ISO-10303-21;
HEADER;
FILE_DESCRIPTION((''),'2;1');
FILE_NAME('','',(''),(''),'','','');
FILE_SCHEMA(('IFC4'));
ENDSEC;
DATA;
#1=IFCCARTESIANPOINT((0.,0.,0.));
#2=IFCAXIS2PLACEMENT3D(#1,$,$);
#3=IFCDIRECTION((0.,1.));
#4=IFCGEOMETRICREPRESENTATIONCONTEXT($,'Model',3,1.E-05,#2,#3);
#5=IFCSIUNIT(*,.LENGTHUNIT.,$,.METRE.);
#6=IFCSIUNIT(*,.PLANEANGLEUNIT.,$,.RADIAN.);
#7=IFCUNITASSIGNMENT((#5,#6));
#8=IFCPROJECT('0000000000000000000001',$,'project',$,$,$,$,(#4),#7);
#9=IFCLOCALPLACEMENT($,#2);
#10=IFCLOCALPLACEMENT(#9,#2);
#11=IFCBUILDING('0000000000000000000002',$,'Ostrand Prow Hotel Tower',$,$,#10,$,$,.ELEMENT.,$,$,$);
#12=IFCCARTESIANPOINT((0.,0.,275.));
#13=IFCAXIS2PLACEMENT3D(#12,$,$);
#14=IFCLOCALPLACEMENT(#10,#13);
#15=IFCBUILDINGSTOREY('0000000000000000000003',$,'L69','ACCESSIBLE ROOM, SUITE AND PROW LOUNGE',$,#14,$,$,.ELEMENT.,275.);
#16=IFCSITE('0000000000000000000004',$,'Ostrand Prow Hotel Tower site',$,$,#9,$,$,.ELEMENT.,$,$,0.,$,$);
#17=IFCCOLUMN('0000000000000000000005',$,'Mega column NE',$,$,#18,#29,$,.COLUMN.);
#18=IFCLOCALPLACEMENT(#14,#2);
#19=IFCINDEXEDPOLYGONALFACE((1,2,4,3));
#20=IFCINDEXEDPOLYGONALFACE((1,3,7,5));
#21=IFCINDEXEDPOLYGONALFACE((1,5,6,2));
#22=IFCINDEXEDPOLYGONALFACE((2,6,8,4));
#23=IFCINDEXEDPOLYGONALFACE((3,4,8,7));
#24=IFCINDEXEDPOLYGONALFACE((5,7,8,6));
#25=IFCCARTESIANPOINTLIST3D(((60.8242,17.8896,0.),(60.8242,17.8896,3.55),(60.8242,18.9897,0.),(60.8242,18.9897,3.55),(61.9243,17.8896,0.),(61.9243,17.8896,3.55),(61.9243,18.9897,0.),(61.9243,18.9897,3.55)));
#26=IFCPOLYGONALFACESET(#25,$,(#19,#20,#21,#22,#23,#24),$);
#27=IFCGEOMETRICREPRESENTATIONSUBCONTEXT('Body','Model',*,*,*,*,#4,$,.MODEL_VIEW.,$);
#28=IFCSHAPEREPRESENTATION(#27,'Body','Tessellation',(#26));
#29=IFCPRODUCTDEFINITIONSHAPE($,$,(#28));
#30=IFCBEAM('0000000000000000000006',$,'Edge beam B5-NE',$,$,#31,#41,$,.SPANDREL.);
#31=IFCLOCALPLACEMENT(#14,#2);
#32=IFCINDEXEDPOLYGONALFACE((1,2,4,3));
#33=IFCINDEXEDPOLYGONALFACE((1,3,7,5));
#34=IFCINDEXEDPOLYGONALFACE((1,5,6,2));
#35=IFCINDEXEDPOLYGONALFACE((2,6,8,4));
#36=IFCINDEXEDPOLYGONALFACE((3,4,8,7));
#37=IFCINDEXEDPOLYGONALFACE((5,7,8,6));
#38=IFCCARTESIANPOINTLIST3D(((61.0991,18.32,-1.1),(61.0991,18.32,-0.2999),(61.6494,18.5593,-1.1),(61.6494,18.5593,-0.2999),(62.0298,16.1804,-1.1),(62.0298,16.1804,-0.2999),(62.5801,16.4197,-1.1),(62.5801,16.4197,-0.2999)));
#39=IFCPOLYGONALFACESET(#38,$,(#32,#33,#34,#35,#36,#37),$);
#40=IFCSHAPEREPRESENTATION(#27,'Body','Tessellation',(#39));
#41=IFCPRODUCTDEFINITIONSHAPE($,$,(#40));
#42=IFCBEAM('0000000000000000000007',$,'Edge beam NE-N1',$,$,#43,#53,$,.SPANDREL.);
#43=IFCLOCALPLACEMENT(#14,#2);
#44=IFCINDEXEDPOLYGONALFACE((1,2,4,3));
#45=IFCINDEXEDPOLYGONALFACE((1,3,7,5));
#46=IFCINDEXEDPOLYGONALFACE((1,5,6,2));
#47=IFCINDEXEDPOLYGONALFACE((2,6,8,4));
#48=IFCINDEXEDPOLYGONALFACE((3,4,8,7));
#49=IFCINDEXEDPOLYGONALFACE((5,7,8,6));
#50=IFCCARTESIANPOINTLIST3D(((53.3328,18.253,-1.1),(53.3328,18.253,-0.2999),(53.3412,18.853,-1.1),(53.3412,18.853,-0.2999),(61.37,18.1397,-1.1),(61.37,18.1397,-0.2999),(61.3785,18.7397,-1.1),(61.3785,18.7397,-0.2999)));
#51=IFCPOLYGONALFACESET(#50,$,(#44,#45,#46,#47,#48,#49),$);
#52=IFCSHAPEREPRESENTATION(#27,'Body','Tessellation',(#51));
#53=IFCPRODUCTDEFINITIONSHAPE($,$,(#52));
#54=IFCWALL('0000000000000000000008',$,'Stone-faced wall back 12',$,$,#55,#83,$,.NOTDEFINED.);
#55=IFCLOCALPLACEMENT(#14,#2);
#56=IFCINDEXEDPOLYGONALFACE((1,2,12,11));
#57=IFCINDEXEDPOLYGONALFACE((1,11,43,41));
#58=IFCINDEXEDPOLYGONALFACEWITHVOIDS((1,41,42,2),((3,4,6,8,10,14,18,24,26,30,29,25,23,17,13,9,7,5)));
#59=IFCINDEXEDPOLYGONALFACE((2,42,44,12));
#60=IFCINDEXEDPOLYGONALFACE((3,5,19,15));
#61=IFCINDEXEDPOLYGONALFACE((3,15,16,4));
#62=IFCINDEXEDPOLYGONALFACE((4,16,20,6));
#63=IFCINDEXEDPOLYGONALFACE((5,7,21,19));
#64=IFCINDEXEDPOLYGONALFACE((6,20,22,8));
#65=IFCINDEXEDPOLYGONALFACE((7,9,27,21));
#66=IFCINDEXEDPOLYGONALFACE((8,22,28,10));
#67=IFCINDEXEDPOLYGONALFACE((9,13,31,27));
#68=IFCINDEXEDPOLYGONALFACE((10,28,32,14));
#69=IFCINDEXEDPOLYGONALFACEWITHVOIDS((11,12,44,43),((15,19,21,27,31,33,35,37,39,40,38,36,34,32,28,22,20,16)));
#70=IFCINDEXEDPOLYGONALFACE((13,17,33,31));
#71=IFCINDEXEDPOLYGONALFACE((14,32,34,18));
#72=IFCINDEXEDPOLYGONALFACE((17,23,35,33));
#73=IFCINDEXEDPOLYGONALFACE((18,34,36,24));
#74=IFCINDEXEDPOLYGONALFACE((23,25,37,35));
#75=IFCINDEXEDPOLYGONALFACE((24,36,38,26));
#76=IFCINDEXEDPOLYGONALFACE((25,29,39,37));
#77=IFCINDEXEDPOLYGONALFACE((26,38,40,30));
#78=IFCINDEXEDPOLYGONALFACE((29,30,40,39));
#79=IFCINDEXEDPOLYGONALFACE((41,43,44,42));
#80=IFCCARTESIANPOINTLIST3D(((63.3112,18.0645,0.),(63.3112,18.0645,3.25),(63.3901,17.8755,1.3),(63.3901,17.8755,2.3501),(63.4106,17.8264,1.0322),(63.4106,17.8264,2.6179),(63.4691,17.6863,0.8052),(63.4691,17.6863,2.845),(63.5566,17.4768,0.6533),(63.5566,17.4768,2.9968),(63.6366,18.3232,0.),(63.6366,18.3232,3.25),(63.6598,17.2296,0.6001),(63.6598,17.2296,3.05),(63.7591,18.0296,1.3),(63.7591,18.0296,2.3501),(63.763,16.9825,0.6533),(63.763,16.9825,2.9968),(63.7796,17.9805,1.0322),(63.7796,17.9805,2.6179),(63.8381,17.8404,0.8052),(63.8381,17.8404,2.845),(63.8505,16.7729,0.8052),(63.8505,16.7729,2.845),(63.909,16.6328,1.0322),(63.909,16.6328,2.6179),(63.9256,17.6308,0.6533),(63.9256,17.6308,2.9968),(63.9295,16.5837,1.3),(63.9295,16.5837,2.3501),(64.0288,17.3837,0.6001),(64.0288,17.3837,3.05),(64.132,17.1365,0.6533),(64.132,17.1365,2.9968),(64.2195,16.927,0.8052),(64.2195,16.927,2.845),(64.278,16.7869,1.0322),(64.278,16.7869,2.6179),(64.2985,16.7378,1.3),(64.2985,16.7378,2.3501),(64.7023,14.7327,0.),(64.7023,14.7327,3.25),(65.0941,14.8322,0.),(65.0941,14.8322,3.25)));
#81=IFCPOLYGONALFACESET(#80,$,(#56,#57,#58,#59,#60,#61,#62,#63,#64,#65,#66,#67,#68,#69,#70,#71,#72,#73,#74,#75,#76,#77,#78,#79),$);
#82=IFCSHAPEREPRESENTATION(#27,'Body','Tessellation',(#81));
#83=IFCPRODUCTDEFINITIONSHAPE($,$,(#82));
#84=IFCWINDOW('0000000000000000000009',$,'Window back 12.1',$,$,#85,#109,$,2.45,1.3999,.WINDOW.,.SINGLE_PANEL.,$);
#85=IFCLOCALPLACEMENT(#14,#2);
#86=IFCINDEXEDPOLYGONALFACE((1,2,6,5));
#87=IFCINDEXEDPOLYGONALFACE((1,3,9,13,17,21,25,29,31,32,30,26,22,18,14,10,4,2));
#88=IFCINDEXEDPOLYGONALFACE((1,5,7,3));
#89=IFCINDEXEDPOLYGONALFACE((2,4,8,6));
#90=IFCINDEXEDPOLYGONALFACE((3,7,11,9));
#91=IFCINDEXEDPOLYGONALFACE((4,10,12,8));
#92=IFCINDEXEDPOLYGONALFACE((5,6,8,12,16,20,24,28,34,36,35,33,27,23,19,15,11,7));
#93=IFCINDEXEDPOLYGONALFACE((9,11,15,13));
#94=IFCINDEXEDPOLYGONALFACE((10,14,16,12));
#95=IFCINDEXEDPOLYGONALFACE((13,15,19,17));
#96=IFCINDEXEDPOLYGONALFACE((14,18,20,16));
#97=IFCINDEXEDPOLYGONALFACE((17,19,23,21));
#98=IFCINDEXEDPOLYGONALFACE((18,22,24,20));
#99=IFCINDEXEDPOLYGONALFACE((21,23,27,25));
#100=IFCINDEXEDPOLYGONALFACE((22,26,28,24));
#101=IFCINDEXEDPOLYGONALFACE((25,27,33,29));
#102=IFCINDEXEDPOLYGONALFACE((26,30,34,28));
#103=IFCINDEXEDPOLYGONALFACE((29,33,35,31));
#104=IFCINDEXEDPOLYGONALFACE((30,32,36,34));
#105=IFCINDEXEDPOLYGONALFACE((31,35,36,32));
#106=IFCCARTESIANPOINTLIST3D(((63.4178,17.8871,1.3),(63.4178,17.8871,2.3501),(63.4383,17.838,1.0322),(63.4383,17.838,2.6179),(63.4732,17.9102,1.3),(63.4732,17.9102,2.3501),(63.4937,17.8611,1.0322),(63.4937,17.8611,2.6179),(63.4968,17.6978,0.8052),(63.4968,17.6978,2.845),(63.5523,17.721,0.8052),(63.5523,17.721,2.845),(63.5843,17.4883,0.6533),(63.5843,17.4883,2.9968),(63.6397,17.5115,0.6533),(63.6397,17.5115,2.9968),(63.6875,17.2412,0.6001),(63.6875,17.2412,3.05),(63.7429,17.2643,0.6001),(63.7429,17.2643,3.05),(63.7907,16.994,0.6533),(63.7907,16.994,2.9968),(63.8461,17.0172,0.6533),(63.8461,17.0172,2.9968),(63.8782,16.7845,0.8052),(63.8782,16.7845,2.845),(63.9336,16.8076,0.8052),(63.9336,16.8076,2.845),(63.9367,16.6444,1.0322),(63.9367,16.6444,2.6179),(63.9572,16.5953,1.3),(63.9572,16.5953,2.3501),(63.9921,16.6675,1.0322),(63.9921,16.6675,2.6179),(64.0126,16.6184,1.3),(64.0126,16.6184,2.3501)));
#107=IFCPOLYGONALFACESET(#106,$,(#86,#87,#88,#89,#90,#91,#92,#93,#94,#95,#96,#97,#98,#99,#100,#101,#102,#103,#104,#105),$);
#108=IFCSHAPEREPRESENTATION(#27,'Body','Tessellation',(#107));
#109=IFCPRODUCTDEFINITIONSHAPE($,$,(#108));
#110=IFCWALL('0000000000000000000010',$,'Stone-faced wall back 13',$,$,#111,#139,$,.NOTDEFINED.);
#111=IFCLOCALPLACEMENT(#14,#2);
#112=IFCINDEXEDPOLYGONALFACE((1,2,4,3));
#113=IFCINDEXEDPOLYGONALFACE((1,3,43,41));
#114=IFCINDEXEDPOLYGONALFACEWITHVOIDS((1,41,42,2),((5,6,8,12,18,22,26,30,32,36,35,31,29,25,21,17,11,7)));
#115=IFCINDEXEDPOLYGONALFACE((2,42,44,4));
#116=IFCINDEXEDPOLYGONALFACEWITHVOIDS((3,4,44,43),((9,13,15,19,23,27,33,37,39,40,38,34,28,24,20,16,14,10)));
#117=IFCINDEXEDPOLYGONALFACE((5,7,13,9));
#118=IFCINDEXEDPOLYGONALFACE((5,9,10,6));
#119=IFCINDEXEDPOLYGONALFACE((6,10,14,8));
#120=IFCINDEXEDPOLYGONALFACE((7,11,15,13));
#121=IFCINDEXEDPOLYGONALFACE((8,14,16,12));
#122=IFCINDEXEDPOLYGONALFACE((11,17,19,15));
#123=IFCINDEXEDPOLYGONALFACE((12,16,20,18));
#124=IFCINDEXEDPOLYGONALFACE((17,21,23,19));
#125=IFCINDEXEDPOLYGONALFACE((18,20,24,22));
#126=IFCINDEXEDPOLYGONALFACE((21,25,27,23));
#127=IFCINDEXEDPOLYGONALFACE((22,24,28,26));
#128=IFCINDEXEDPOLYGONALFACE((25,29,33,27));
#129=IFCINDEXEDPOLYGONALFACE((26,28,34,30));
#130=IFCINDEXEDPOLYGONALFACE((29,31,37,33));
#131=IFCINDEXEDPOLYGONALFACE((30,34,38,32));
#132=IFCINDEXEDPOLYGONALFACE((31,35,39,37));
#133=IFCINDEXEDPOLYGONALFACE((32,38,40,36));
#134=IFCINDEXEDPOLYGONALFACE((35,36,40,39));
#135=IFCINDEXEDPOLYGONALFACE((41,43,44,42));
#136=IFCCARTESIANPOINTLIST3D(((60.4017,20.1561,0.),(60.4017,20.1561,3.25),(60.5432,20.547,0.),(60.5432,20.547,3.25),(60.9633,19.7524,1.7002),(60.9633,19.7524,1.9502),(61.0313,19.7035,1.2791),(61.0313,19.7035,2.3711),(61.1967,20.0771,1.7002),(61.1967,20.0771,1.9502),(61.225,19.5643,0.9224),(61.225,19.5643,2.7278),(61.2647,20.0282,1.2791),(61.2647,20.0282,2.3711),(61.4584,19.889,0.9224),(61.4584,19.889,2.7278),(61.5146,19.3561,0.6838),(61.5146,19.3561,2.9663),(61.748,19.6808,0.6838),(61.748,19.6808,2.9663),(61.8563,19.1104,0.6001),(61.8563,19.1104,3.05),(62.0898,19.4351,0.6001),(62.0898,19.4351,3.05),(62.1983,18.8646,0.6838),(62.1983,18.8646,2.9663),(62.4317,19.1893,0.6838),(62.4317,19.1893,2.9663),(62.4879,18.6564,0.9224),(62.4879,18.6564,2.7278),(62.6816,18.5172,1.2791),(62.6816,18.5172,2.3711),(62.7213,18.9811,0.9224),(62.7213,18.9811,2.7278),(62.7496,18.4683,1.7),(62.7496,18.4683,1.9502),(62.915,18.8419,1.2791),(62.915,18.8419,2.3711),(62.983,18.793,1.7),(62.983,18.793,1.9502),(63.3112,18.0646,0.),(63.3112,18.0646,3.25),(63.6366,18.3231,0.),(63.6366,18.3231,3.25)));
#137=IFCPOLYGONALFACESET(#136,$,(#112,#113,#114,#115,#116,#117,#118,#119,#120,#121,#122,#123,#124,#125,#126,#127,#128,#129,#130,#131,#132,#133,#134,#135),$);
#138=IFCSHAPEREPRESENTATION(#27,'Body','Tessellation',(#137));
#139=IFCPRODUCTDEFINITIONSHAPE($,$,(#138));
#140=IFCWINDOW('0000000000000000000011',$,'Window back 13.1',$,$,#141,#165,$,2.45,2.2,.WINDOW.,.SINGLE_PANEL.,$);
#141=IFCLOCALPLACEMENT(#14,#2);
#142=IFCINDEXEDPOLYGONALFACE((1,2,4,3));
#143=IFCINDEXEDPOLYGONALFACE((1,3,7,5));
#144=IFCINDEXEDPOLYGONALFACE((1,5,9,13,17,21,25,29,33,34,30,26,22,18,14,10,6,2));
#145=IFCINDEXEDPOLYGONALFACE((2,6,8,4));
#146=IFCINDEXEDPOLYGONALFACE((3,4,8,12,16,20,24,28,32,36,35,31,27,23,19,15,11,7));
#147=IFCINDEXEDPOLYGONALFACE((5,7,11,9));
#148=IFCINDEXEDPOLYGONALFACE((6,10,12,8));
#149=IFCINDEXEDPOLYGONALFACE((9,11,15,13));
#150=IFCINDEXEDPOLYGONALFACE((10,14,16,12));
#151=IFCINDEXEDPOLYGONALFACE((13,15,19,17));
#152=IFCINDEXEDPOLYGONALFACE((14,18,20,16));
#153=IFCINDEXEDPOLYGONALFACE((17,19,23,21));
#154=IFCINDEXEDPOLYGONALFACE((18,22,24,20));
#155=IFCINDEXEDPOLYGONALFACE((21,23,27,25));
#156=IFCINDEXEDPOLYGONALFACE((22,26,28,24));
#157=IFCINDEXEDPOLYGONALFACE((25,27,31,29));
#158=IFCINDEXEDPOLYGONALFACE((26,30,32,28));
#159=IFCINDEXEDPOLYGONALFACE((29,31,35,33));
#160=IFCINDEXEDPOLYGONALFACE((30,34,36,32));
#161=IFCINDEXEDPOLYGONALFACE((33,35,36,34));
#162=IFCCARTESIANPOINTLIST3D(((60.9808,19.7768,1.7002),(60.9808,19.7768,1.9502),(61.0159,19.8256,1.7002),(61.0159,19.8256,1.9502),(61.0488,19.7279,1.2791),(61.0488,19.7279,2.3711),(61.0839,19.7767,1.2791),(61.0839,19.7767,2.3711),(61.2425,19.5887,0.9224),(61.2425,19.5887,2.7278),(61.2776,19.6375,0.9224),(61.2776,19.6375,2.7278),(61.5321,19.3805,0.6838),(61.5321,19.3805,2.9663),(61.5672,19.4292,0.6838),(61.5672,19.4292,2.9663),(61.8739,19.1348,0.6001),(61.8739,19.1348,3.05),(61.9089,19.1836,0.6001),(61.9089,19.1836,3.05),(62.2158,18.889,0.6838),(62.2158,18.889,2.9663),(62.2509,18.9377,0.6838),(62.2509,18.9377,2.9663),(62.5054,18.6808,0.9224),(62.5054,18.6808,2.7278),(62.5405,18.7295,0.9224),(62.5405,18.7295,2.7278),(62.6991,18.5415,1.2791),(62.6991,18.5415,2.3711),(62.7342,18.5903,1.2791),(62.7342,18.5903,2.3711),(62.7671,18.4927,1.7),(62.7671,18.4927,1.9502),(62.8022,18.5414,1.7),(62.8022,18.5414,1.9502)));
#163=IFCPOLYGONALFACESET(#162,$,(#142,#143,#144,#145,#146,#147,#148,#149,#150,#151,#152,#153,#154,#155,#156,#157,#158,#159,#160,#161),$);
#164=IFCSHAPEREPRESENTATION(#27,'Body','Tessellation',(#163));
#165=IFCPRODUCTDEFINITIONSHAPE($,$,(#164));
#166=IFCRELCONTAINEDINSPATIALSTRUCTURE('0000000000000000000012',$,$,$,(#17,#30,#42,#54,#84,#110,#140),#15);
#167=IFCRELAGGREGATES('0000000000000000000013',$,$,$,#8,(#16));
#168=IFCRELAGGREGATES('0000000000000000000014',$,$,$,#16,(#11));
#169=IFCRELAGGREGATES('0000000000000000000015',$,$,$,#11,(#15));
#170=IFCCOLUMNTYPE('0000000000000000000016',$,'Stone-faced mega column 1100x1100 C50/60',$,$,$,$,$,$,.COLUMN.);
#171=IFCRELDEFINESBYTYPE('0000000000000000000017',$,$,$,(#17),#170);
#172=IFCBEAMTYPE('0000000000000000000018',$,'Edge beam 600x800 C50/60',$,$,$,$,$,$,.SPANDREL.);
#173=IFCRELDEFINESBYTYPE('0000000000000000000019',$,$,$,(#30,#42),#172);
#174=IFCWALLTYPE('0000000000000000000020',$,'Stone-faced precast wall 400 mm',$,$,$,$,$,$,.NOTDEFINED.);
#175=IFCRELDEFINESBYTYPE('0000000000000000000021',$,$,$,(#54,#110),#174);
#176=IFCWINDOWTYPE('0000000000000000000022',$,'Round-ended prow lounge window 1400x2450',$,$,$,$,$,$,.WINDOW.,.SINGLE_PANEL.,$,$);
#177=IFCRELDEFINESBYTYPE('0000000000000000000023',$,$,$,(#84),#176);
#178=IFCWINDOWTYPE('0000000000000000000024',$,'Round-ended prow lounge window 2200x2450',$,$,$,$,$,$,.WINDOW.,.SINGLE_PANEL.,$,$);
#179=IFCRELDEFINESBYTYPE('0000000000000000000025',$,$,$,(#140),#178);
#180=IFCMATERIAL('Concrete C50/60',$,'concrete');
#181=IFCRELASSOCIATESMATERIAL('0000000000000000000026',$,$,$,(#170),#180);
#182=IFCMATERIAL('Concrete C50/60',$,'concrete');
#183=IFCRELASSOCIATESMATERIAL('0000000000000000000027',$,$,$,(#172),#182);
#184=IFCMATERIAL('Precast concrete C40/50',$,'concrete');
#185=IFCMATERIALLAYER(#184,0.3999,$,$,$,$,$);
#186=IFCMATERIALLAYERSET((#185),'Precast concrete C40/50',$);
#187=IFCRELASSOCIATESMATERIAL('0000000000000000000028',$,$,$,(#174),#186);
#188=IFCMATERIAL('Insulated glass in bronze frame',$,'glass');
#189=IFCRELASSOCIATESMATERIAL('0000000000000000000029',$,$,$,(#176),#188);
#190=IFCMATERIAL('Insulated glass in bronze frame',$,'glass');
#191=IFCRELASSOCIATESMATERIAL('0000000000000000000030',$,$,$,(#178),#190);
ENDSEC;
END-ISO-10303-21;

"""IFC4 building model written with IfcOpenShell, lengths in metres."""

from ifc_helpers import new_model, si_unit, direction, frame, origin, origin_2d, place, context, subcontext, project, spatial, polyline, rectangle, outline, extrude, material, layer, layer_set, material_profile, profile_set, type_object, element, fill, save


model = new_model("IFC4")

# Units and contexts
model_context = context("Model", 3, precision=1e-05, world=origin(), true_north=direction((0.0, 1.0)))
body_context = subcontext(model_context, "Body", "Model", "MODEL_VIEW")
ifc_project = project(units=[si_unit("LENGTHUNIT", "METRE"), si_unit("PLANEANGLEUNIT", "RADIAN")], contexts=[model_context])

# Site, building, storey
site_placement = place(None, origin())
site = spatial("IfcSite", under=ifc_project, at=site_placement, Name="Ostrand Prow Hotel Tower site", CompositionType="ELEMENT", RefElevation=0.0)
building_placement = place(site_placement, origin())
building = spatial("IfcBuilding", under=site, at=building_placement, Name="Ostrand Prow Hotel Tower", CompositionType="ELEMENT")
storey_placement = place(building_placement, frame((0.0, 0.0, 275.0)))
storey = spatial("IfcBuildingStorey", under=building, at=storey_placement, Name="L69", Description="ACCESSIBLE ROOM, SUITE AND PROW LOUNGE", CompositionType="ELEMENT", Elevation=275.0)

# Column
ifc_material_1 = material(Name="Concrete C50/60", Category="concrete")
ifc_material_profile_1 = material_profile(ifc_material_1, rectangle(XDim=1.1001, YDim=1.1001, at=origin_2d()), Name="RC 1100x1100")
ifc_profile_set_1 = profile_set([ifc_material_profile_1], Name="Concrete C50/60")
column_type = type_object("IfcColumnType", Name="Stone-faced mega column 1100x1100 C50/60", PredefinedType="COLUMN", material=ifc_profile_set_1)
column_placement = place(storey_placement, frame((61.3743, 18.4397, 0.0), z_axis=(0.0, 0.0, 1.0), x_axis=(1.0, 0.0, 0.0)))
element("IfcColumn", 1, at=column_placement, inside=storey, type_object=column_type, Name="Mega column NE", PredefinedType="COLUMN", context=body_context, shape_type="SweptSolid", body=[
    extrude(rectangle(XDim=1.1001, YDim=1.1001, at=origin_2d()), origin(), (0.0, 0.0, 1.0), 3.55),
])

# Beams
ifc_material_2 = material(Name="Concrete C50/60", Category="concrete")
ifc_material_profile_2 = material_profile(ifc_material_2, rectangle(XDim=0.6001, YDim=0.8, at=origin_2d()), Name="RC 600x800")
ifc_profile_set_2 = profile_set([ifc_material_profile_2], Name="Concrete C50/60")
beam_type = type_object("IfcBeamType", Name="Edge beam 600x800 C50/60", PredefinedType="SPANDREL", material=ifc_profile_set_2)
beam_1_placement = place(storey_placement, frame((62.3049, 16.3, -0.7), z_axis=(-0.398864, 0.91701, 0.0), x_axis=(-0.91701, -0.398864, 0.0)))
element("IfcBeam", 2, at=beam_1_placement, inside=storey, type_object=beam_type, Name="Edge beam B5-NE", PredefinedType="SPANDREL", context=body_context, shape_type="SweptSolid", body=[
    extrude(rectangle(XDim=0.6001, YDim=0.8, at=origin_2d()), origin(), (0.0, 0.0, 1.0), 2.3333),
])
beam_2_placement = place(storey_placement, frame((61.3743, 18.4397, -0.7), z_axis=(-0.999901, 0.014093, 0.0), x_axis=(-0.014093, -0.999901, 0.0)))
element("IfcBeam", 3, at=beam_2_placement, inside=storey, type_object=beam_type, Name="Edge beam NE-N1", PredefinedType="SPANDREL", context=body_context, shape_type="SweptSolid", body=[
    extrude(rectangle(XDim=0.6001, YDim=0.8, at=origin_2d()), origin(), (0.0, 0.0, 1.0), 8.0381),
])

# Walls, openings, windows
ifc_material_3 = material(Name="Precast concrete C40/50", Category="concrete")
ifc_layer_1 = layer(ifc_material_3, 0.3999)
ifc_layer_set_1 = layer_set([ifc_layer_1], Name="Precast concrete C40/50")
wall_type = type_object("IfcWallType", Name="Stone-faced precast wall 400 mm", PredefinedType="NOTDEFINED", material=ifc_layer_set_1)
wall_1_placement = place(storey_placement, frame((64.8982, 14.7825, 0.0), z_axis=(0.0, 0.0, 1.0), x_axis=(-0.385286, 0.922797, 0.0)))
wall_1 = element("IfcWall", 4, at=wall_1_placement, inside=storey, type_object=wall_type, Name="Stone-faced wall back 12", PredefinedType="NOTDEFINED", context=body_context, shape_type="SweptSolid", body=[
    extrude(outline(polyline([(-0.0295, -0.2), (3.7534, -0.2), (3.6401, 0.2), (0.0295, 0.2), (-0.0295, -0.2)])), origin(), (0.0, 0.0, 1.0), 3.25),
])
opening_1_placement = place(wall_1_placement, frame((2.0354, 0.0, 0.6001)))
opening_1 = element("IfcOpeningElement", 5, at=opening_1_placement, cuts=wall_1, PredefinedType="OPENING", context=body_context, shape_type="SweptSolid", body=[
    extrude(outline(polyline([(0.0, 1.75), (0.0532, 2.0178), (0.2051, 2.2449), (0.4321, 2.3967), (0.7, 2.45), (0.9678, 2.3967), (1.1948, 2.2449), (1.3467, 2.0178), (1.3999, 1.75), (1.3999, 0.7), (1.3467, 0.4321), (1.1948, 0.2051), (0.9678, 0.0532), (0.7, 0.0), (0.4321, 0.0532), (0.2051, 0.2051), (0.0532, 0.4321), (0.0, 0.7), (0.0, 1.75)])), frame((0.0, 0.21, 0.0), z_axis=(0.0, -1.0, 0.0), x_axis=(1.0, 0.0, 0.0)), (0.0, 0.0, 1.0), 0.4199),
])
ifc_material_4 = material(Name="Insulated glass in bronze frame", Category="glass")
window_type_1 = type_object("IfcWindowType", Name="Round-ended prow lounge window 1400x2450", PartitioningType="SINGLE_PANEL", PredefinedType="WINDOW", material=ifc_material_4)
window_1_placement = place(opening_1_placement, origin())
window_1 = element("IfcWindow", 6, at=window_1_placement, inside=storey, type_object=window_type_1, Name="Window back 12.1", OverallHeight=2.45, OverallWidth=1.3999, PartitioningType="SINGLE_PANEL", PredefinedType="WINDOW", context=body_context, shape_type="SweptSolid", body=[
    extrude(outline(polyline([(0.0, 1.75), (0.0532, 2.0178), (0.2051, 2.2449), (0.4321, 2.3967), (0.7, 2.45), (0.9678, 2.3967), (1.1948, 2.2449), (1.3467, 2.0178), (1.3999, 1.75), (1.3999, 0.7), (1.3467, 0.4321), (1.1948, 0.2051), (0.9678, 0.0532), (0.7, 0.0), (0.4321, 0.0532), (0.2051, 0.2051), (0.0532, 0.4321), (0.0, 0.7), (0.0, 1.75)])), frame((0.0, 0.1699, 0.0), z_axis=(0.0, -1.0, 0.0), x_axis=(1.0, 0.0, 0.0)), (0.0, 0.0, 1.0), 0.0601),
])
fill(opening_1, window_1)
wall_2_placement = place(storey_placement, frame((63.4739, 18.1938, 0.0), z_axis=(0.0, 0.0, 1.0), x_axis=(-0.811963, 0.58371, 0.0)))
wall_2 = element("IfcWall", 7, at=wall_2_placement, inside=storey, type_object=wall_type, Name="Stone-faced wall back 13", PredefinedType="NOTDEFINED", context=body_context, shape_type="SweptSolid", body=[
    extrude(outline(polyline([(-0.0566, -0.2), (3.7532, -0.2), (3.6399, 0.2), (0.0566, 0.2), (-0.0566, -0.2)])), origin(), (0.0, 0.0, 1.0), 3.25),
])
opening_2_placement = place(wall_2_placement, frame((0.7483, 0.0, 0.6001)))
opening_2 = element("IfcOpeningElement", 8, at=opening_2_placement, cuts=wall_2, PredefinedType="OPENING", context=body_context, shape_type="SweptSolid", body=[
    extrude(outline(polyline([(0.0, 1.3501), (0.0837, 1.771), (0.3223, 2.1277), (0.679, 2.3662), (1.1001, 2.45), (1.521, 2.3662), (1.8777, 2.1277), (2.1162, 1.771), (2.2, 1.3501), (2.2, 1.1001), (2.1162, 0.679), (1.8777, 0.3223), (1.521, 0.0837), (1.1001, 0.0), (0.679, 0.0837), (0.3223, 0.3223), (0.0837, 0.679), (0.0, 1.0999), (0.0, 1.3501)])), frame((0.0, 0.21, 0.0), z_axis=(0.0, -1.0, 0.0), x_axis=(1.0, 0.0, 0.0)), (0.0, 0.0, 1.0), 0.4199),
])
ifc_material_5 = material(Name="Insulated glass in bronze frame", Category="glass")
window_type_2 = type_object("IfcWindowType", Name="Round-ended prow lounge window 2200x2450", PartitioningType="SINGLE_PANEL", PredefinedType="WINDOW", material=ifc_material_5)
window_2_placement = place(opening_2_placement, origin())
window_2 = element("IfcWindow", 9, at=window_2_placement, inside=storey, type_object=window_type_2, Name="Window back 13.1", OverallHeight=2.45, OverallWidth=2.2, PartitioningType="SINGLE_PANEL", PredefinedType="WINDOW", context=body_context, shape_type="SweptSolid", body=[
    extrude(outline(polyline([(0.0, 1.3501), (0.0837, 1.771), (0.3223, 2.1277), (0.679, 2.3662), (1.1001, 2.45), (1.521, 2.3662), (1.8777, 2.1277), (2.1162, 1.771), (2.2, 1.3501), (2.2, 1.1001), (2.1162, 0.679), (1.8777, 0.3223), (1.521, 0.0837), (1.1001, 0.0), (0.679, 0.0837), (0.3223, 0.3223), (0.0837, 0.679), (0.0, 1.0999), (0.0, 1.3501)])), frame((0.0, 0.1699, 0.0), z_axis=(0.0, -1.0, 0.0), x_axis=(1.0, 0.0, 0.0)), (0.0, 0.0, 1.0), 0.0601),
])
fill(opening_2, window_2)

save(model, "model.ifc")
